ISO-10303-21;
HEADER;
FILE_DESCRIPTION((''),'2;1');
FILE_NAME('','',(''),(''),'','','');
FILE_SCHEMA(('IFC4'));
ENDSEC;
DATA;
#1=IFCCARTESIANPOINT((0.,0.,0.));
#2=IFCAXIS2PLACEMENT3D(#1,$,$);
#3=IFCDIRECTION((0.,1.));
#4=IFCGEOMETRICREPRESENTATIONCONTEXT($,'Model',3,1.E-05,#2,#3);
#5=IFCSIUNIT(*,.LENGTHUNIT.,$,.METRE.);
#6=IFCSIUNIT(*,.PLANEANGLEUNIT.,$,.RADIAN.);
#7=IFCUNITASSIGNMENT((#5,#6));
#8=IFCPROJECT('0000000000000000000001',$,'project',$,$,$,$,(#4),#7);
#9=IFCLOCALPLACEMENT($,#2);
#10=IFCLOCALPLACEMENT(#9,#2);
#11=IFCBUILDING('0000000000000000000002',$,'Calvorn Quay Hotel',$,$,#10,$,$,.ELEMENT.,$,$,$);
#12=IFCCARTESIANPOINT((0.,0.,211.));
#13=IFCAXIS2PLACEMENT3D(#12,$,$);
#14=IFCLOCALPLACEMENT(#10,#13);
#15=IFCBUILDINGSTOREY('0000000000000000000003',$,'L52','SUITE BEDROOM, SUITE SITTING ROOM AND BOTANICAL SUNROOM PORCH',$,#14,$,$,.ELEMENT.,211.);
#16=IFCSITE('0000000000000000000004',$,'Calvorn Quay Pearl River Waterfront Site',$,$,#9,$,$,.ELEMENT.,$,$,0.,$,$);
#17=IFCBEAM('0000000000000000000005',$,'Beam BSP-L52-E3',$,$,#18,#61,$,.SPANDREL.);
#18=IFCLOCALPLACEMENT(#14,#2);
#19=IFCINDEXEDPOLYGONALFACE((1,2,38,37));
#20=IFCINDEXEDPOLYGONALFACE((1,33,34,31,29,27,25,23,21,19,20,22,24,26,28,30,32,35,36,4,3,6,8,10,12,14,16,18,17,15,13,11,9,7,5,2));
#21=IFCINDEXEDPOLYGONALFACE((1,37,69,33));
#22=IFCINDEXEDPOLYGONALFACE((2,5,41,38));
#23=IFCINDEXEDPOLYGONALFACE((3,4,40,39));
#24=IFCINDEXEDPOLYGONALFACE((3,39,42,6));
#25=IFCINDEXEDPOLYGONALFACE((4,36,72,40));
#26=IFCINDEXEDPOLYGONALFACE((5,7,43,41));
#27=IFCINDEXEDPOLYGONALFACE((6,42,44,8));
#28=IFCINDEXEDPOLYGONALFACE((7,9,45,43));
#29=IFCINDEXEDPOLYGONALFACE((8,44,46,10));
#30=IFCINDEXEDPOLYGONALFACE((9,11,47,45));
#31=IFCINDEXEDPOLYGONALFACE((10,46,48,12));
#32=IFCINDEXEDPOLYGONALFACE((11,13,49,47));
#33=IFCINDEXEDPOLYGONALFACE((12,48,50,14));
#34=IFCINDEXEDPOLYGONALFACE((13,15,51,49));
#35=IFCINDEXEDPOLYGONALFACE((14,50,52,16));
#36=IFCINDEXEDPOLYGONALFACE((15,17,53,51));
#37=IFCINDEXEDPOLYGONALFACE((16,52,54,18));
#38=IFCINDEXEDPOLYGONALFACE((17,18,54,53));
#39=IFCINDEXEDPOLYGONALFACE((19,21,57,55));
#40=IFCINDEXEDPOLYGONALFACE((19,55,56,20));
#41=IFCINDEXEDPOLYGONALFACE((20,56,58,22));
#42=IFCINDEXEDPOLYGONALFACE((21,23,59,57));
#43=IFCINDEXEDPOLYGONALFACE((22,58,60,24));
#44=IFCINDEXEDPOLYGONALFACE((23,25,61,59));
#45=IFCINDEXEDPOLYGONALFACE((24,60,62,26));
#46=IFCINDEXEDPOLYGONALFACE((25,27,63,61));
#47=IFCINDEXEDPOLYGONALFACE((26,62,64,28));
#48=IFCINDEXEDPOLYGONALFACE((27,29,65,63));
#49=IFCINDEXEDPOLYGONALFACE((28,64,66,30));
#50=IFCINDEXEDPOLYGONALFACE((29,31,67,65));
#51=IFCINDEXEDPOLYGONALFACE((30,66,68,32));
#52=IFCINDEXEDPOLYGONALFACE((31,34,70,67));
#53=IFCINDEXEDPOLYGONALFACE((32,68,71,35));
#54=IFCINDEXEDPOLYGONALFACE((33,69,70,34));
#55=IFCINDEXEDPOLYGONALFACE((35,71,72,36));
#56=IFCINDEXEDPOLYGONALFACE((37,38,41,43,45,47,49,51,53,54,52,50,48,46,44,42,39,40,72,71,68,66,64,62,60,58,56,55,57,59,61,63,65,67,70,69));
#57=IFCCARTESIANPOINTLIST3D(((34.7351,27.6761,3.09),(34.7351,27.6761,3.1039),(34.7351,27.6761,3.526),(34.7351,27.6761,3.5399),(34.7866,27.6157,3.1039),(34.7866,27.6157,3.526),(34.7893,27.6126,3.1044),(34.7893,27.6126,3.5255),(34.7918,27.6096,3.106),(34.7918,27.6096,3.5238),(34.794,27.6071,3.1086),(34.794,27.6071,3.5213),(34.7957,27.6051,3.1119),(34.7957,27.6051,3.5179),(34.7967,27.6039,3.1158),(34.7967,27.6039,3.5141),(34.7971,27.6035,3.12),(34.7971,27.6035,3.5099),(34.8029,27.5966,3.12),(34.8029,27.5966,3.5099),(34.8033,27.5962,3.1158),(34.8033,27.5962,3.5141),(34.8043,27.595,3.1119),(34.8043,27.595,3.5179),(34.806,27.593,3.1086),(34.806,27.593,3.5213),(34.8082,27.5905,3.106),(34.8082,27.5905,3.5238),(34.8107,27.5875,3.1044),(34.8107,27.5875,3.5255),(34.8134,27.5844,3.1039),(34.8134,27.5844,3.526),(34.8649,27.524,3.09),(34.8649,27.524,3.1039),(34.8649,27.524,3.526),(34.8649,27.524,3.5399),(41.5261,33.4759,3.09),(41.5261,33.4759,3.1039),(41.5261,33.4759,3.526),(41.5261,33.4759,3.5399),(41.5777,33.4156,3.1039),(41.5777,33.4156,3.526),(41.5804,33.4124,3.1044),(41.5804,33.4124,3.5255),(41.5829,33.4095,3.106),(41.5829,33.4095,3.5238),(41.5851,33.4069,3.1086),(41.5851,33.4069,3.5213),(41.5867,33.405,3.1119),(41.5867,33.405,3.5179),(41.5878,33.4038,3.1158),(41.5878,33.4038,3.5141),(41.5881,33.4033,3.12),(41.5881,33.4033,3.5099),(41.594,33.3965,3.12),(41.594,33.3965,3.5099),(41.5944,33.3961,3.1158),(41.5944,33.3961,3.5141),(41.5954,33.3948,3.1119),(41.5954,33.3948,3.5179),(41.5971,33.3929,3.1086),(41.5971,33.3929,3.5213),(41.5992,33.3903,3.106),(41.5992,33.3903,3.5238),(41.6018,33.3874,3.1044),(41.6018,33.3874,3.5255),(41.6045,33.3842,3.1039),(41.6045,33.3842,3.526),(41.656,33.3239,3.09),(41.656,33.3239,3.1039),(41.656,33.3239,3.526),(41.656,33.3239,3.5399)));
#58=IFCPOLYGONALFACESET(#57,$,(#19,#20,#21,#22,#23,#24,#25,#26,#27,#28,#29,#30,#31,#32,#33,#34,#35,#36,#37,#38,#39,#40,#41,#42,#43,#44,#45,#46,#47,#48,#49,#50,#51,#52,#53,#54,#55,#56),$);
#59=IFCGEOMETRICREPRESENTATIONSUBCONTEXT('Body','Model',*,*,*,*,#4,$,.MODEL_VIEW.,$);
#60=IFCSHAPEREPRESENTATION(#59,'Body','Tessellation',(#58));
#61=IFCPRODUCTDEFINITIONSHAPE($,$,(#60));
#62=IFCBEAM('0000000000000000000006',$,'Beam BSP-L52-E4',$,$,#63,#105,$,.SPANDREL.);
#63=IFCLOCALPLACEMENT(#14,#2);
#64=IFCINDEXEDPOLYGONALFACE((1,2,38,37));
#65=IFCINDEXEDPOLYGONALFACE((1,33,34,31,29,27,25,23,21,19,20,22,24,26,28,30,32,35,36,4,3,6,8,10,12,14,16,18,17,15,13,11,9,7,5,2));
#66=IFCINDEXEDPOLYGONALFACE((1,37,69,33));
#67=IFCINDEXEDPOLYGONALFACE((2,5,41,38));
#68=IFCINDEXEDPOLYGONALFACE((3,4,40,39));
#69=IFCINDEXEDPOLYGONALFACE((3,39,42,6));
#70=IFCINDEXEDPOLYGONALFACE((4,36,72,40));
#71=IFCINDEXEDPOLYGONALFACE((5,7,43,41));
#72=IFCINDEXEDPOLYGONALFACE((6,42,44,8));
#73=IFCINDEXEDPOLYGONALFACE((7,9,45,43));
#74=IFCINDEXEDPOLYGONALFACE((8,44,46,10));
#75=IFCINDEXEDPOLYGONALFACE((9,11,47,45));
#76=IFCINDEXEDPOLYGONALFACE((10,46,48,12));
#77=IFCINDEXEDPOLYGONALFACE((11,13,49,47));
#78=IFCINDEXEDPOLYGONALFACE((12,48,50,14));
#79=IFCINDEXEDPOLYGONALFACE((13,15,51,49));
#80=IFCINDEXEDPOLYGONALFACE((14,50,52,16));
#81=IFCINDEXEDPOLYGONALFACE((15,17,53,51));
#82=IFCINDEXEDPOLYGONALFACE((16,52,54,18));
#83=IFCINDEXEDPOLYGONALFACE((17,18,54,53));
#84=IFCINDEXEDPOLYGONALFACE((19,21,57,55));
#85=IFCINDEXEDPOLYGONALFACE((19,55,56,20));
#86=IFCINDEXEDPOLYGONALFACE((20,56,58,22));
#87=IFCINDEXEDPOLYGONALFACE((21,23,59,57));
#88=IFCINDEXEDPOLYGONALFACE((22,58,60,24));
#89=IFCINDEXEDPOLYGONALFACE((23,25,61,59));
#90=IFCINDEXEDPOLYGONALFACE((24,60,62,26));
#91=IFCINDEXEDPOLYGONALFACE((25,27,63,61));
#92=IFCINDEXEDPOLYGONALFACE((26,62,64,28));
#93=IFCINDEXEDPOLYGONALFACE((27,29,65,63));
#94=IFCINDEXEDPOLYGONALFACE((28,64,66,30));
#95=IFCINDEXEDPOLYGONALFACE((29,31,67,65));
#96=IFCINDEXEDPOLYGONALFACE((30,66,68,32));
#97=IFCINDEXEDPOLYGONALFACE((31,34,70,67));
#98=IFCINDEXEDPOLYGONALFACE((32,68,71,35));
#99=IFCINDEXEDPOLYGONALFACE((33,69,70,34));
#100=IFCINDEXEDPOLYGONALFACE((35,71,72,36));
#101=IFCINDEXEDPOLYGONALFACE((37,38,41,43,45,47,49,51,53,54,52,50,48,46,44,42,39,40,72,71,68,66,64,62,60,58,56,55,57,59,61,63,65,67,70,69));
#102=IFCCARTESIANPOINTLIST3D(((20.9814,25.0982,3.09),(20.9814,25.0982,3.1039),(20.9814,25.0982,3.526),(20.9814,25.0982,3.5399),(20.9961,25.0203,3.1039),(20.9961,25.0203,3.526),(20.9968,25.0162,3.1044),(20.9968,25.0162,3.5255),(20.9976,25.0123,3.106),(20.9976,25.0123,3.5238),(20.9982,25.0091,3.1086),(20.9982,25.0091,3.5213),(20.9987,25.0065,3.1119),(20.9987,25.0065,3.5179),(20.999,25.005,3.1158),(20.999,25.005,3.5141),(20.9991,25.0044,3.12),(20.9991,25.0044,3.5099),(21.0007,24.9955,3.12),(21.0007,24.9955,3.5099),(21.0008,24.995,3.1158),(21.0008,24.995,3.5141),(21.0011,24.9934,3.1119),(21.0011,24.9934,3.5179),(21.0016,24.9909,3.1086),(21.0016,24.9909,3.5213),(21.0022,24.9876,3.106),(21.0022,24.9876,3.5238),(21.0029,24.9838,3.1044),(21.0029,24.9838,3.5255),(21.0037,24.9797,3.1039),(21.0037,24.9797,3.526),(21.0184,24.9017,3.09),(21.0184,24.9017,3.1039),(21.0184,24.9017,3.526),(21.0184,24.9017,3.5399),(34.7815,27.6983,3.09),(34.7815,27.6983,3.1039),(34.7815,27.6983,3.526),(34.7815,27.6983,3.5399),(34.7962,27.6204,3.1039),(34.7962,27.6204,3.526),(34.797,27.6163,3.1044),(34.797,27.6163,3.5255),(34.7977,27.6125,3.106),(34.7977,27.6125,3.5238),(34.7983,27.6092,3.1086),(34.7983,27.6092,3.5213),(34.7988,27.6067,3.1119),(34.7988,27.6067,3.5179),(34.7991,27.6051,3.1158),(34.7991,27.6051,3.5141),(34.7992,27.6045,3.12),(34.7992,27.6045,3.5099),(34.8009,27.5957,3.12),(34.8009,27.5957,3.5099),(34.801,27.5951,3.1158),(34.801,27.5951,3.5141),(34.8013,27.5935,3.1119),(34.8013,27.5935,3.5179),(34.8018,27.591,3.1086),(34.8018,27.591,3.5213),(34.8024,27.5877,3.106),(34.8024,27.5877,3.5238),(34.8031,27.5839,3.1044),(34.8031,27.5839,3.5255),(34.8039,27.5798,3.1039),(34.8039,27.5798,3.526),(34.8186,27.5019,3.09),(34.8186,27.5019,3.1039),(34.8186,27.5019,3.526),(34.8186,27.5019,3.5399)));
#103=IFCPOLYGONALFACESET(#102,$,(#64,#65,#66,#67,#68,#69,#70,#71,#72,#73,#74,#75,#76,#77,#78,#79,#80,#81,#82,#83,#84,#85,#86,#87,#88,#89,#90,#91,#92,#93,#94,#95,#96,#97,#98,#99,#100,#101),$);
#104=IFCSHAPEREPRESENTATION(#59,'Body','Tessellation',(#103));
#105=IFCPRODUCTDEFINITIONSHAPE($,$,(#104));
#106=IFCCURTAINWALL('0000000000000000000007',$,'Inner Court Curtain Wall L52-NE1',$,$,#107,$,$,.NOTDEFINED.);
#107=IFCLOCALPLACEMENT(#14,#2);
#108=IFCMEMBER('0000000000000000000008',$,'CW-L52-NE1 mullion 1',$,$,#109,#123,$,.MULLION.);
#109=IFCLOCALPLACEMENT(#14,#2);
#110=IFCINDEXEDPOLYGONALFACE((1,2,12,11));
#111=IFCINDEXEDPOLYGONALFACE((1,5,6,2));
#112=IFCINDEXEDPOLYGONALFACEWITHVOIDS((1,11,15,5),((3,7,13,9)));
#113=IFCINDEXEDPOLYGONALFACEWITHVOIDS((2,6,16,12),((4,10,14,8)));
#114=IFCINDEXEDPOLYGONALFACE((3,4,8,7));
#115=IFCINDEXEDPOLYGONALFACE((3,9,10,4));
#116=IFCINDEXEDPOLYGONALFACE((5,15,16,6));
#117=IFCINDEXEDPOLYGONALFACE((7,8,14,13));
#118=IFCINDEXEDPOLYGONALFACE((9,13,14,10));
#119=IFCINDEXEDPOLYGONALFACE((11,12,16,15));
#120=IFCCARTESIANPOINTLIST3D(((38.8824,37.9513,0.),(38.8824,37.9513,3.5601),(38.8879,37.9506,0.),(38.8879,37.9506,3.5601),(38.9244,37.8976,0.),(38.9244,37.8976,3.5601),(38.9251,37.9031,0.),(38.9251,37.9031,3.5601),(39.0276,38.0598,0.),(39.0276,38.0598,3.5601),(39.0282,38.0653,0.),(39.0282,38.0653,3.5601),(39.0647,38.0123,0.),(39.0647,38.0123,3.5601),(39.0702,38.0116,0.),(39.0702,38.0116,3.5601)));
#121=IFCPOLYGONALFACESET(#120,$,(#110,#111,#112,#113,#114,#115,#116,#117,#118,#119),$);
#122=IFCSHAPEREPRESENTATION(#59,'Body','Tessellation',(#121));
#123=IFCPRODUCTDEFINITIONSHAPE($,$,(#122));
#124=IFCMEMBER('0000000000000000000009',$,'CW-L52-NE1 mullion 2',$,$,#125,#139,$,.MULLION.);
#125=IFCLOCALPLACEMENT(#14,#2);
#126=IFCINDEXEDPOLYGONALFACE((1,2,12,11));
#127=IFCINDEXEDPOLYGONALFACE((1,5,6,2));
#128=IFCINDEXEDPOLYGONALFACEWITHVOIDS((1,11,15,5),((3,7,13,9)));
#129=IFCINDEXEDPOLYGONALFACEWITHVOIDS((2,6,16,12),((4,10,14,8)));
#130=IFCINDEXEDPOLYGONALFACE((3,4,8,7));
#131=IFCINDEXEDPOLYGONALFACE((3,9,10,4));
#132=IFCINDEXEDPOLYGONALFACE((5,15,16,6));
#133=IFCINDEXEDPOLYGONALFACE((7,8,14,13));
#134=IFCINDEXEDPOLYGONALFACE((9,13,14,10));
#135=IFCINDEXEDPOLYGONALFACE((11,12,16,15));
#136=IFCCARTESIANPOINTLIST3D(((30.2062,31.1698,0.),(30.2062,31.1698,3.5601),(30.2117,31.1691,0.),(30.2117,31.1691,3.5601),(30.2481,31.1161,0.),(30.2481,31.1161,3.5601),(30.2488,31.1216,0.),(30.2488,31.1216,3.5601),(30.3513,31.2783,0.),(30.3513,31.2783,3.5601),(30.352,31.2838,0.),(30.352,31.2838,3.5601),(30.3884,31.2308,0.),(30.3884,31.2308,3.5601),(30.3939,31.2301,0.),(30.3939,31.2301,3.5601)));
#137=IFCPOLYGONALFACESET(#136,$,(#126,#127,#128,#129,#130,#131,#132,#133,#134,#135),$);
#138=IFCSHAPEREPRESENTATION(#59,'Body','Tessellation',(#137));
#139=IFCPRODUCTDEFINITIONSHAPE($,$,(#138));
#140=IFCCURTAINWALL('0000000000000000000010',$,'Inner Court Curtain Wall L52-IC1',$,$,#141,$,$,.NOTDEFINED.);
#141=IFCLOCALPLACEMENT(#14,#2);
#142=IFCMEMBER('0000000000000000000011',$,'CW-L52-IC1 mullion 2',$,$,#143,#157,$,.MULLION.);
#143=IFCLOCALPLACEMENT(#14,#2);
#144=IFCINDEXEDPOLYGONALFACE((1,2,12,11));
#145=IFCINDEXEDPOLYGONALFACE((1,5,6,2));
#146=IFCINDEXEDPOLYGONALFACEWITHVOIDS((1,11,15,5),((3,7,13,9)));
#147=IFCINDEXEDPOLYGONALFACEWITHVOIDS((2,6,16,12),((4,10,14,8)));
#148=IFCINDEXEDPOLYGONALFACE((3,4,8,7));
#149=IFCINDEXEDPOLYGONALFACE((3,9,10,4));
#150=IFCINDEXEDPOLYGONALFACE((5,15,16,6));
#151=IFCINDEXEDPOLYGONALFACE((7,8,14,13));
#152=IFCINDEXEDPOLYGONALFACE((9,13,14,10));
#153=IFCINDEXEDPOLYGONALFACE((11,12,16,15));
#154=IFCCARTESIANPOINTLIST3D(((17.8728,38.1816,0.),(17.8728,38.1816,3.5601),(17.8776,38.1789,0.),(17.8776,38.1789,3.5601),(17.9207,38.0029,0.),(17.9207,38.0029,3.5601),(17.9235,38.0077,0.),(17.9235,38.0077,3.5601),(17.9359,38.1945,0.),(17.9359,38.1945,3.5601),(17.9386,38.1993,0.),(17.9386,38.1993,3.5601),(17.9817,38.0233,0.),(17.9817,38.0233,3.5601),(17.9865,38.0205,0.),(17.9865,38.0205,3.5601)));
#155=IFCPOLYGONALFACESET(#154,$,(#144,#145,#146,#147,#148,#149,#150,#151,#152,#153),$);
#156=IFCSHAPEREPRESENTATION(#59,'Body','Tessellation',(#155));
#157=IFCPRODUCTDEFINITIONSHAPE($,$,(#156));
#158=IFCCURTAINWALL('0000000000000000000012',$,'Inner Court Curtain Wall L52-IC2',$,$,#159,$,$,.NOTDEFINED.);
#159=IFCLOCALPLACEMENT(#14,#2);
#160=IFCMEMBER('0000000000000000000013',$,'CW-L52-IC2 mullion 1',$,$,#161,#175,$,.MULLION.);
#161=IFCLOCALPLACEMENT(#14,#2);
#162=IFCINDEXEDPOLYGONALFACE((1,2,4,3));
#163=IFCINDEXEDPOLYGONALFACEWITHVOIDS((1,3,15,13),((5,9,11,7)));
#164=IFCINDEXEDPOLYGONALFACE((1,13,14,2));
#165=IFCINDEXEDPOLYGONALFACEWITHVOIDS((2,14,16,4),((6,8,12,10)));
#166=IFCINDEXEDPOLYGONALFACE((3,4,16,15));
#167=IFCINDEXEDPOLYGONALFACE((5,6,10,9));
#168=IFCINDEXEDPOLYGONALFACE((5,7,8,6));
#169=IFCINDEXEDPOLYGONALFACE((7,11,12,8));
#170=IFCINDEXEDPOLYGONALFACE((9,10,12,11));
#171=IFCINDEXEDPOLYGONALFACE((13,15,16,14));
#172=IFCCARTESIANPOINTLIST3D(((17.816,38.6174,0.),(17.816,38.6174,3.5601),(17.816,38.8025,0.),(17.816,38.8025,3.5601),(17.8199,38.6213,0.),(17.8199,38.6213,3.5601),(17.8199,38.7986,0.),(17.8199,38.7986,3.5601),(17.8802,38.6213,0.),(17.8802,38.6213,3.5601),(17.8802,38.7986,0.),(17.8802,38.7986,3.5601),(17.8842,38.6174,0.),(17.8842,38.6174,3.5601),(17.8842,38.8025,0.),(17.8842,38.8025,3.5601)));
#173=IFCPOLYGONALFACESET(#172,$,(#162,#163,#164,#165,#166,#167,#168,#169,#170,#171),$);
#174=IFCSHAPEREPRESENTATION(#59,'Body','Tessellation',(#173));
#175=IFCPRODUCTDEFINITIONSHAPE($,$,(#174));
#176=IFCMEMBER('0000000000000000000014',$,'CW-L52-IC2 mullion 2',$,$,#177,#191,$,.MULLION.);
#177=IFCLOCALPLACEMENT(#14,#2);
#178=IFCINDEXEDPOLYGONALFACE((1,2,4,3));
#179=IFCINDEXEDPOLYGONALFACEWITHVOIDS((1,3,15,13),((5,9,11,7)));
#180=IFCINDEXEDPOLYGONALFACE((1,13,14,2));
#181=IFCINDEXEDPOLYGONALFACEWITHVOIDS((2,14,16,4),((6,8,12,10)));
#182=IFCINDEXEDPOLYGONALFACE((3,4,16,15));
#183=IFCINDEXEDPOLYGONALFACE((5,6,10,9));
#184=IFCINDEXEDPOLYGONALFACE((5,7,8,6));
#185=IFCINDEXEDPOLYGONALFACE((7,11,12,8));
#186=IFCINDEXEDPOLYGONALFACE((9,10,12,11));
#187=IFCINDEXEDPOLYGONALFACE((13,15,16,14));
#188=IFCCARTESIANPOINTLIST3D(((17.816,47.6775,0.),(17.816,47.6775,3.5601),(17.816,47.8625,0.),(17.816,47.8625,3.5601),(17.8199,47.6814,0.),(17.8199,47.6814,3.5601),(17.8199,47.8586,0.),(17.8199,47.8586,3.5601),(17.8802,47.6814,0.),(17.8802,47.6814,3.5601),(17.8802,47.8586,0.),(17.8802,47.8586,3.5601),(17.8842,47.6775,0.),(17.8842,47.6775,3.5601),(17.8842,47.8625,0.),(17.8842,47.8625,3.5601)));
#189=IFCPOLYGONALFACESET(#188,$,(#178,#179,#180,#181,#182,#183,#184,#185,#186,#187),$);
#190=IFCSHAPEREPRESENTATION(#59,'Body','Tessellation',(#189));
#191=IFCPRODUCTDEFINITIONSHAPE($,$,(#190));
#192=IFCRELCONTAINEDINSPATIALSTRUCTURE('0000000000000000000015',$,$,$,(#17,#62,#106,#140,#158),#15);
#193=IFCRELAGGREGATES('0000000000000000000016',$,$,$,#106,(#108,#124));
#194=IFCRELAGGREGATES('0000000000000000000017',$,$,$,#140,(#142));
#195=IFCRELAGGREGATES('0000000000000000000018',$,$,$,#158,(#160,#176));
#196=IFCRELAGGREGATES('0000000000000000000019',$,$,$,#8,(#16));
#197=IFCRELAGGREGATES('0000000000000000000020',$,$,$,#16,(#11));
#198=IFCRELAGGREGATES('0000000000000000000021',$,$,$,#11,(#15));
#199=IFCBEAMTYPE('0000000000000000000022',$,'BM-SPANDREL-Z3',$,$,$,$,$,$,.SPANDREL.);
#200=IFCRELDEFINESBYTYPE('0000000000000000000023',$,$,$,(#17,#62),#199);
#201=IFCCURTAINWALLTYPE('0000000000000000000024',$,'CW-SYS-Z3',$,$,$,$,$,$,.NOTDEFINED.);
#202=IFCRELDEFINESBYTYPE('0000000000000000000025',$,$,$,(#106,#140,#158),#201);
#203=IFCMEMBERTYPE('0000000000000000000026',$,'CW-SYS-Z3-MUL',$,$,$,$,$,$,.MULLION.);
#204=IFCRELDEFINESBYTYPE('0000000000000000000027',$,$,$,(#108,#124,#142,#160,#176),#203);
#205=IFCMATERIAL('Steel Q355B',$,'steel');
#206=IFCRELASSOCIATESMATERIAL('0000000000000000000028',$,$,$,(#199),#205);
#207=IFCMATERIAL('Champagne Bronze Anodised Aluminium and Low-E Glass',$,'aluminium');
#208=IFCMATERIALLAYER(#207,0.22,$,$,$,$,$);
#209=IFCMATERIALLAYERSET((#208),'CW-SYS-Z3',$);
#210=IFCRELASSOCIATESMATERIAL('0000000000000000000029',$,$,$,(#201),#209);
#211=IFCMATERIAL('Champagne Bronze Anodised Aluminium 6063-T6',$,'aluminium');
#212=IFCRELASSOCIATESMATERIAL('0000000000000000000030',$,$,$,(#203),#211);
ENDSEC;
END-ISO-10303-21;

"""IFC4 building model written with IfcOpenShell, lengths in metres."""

from ifc_helpers import new_model, si_unit, direction, frame, origin, origin_2d, place, context, subcontext, project, spatial, hollow_rectangle, i_section, extrude, material, layer, layer_set, material_profile, profile_set, type_object, element, aggregate, save


model = new_model("IFC4")

# Units and contexts
model_context = context("Model", 3, precision=1e-05, world=origin(), true_north=direction((0.0, 1.0)))
body_context = subcontext(model_context, "Body", "Model", "MODEL_VIEW")
ifc_project = project(units=[si_unit("LENGTHUNIT", "METRE"), si_unit("PLANEANGLEUNIT", "RADIAN")], contexts=[model_context])

# Site, building, storey
site_placement = place(None, origin())
site = spatial("IfcSite", under=ifc_project, at=site_placement, Name="Calvorn Quay Pearl River Waterfront Site", CompositionType="ELEMENT", RefElevation=0.0)
building_placement = place(site_placement, origin())
building = spatial("IfcBuilding", under=site, at=building_placement, Name="Calvorn Quay Hotel", CompositionType="ELEMENT")
storey_placement = place(building_placement, frame((0.0, 0.0, 211.0)))
storey = spatial("IfcBuildingStorey", under=building, at=storey_placement, Name="L52", Description="SUITE BEDROOM, SUITE SITTING ROOM AND BOTANICAL SUNROOM PORCH", CompositionType="ELEMENT", Elevation=211.0)

# Beams
ifc_material_1 = material(Name="Steel Q355B", Category="steel")
ifc_material_profile_1 = material_profile(ifc_material_1, i_section(OverallWidth=0.2, OverallDepth=0.45, WebThickness=0.009, FlangeThickness=0.0139, FilletRadius=0.0161, at=origin_2d()), Name="HN450x200x9x14")
ifc_profile_set_1 = profile_set([ifc_material_profile_1], Name="Steel Q355B")
beam_type_1 = type_object("IfcBeamType", Name="BM-SPANDREL-Z3", PredefinedType="SPANDREL", material=ifc_profile_set_1)
beam_1_placement = place(storey_placement, frame((41.5911, 33.3999, 3.3149), z_axis=(-0.760421, -0.649431, 0.0), x_axis=(0.649431, -0.760421, 0.0)))
element("IfcBeam", 1, at=beam_1_placement, inside=storey, type_object=beam_type_1, Name="Beam BSP-L52-E3", PredefinedType="SPANDREL", context=body_context, shape_type="SweptSolid", body=[
    extrude(i_section(OverallWidth=0.2, OverallDepth=0.45, WebThickness=0.009, FlangeThickness=0.0139, FilletRadius=0.0161, at=origin_2d()), origin(), (0.0, 0.0, 1.0), 8.9307),
])
beam_2_placement = place(storey_placement, frame((34.8, 27.6001, 3.3149), z_axis=(-0.982709, -0.185154, 0.0), x_axis=(0.185154, -0.982709, 0.0)))
element("IfcBeam", 2, at=beam_2_placement, inside=storey, type_object=beam_type_1, Name="Beam BSP-L52-E4", PredefinedType="SPANDREL", context=body_context, shape_type="SweptSolid", body=[
    extrude(i_section(OverallWidth=0.2, OverallDepth=0.45, WebThickness=0.009, FlangeThickness=0.0139, FilletRadius=0.0161, at=origin_2d()), origin(), (0.0, 0.0, 1.0), 14.043),
])

# Curtain wall, members
ifc_material_2 = material(Name="Champagne Bronze Anodised Aluminium and Low-E Glass", Category="aluminium")
ifc_layer_1 = layer(ifc_material_2, 0.22)
ifc_layer_set_1 = layer_set([ifc_layer_1], Name="CW-SYS-Z3")
curtain_wall_type = type_object("IfcCurtainWallType", Name="CW-SYS-Z3", PredefinedType="NOTDEFINED", material=ifc_layer_set_1)
curtain_wall_1_placement = place(storey_placement, origin())
curtain_wall_1 = element("IfcCurtainWall", 3, at=curtain_wall_1_placement, inside=storey, type_object=curtain_wall_type, Name="Inner Court Curtain Wall L52-NE1", PredefinedType="NOTDEFINED")
ifc_material_3 = material(Name="Champagne Bronze Anodised Aluminium 6063-T6", Category="aluminium")
ifc_material_profile_2 = material_profile(ifc_material_3, hollow_rectangle(XDim=0.0681, YDim=0.1851, WallThickness=0.0039, at=origin_2d()), Name="ALU-M185x68x4")
ifc_profile_set_2 = profile_set([ifc_material_profile_2], Name="Champagne Bronze Anodised Aluminium 6063-T6")
member_type_1 = type_object("IfcMemberType", Name="CW-SYS-Z3-MUL", PredefinedType="MULLION", material=ifc_profile_set_2)
member_1_placement = place(storey_placement, frame((38.9763, 37.9814, 0.0), z_axis=(0.0, 0.0, 1.0), x_axis=(0.61582, -0.787887, 0.0)))
member_1 = element("IfcMember", 4, at=member_1_placement, type_object=member_type_1, Name="CW-L52-NE1 mullion 1", PredefinedType="MULLION", context=body_context, shape_type="SweptSolid", body=[
    extrude(hollow_rectangle(XDim=0.0681, YDim=0.1851, WallThickness=0.0039, at=origin_2d()), origin(), (0.0, 0.0, 1.0), 3.5601),
])
member_2_placement = place(storey_placement, frame((30.3, 31.2, 0.0), z_axis=(0.0, 0.0, 1.0), x_axis=(0.61582, -0.787887, 0.0)))
member_2 = element("IfcMember", 5, at=member_2_placement, type_object=member_type_1, Name="CW-L52-NE1 mullion 2", PredefinedType="MULLION", context=body_context, shape_type="SweptSolid", body=[
    extrude(hollow_rectangle(XDim=0.0681, YDim=0.1851, WallThickness=0.0039, at=origin_2d()), origin(), (0.0, 0.0, 1.0), 3.5601),
])

# Curtain wall, member
curtain_wall_2_placement = place(storey_placement, origin())
curtain_wall_2 = element("IfcCurtainWall", 6, at=curtain_wall_2_placement, inside=storey, type_object=curtain_wall_type, Name="Inner Court Curtain Wall L52-IC1", PredefinedType="NOTDEFINED")
member_3_placement = place(storey_placement, frame((17.9297, 38.1011, 0.0), z_axis=(0.0, 0.0, 1.0), x_axis=(-0.965937, -0.258779, 0.0)))
member_3 = element("IfcMember", 7, at=member_3_placement, type_object=member_type_1, Name="CW-L52-IC1 mullion 2", PredefinedType="MULLION", context=body_context, shape_type="SweptSolid", body=[
    extrude(hollow_rectangle(XDim=0.0681, YDim=0.1851, WallThickness=0.0039, at=origin_2d()), origin(), (0.0, 0.0, 1.0), 3.5601),
])

# Curtain wall, members
curtain_wall_3_placement = place(storey_placement, origin())
curtain_wall_3 = element("IfcCurtainWall", 8, at=curtain_wall_3_placement, inside=storey, type_object=curtain_wall_type, Name="Inner Court Curtain Wall L52-IC2", PredefinedType="NOTDEFINED")
member_4_placement = place(storey_placement, frame((17.8501, 38.71, 0.0), z_axis=(0.0, 0.0, 1.0), x_axis=(-1.0, 0.0, 0.0)))
member_4 = element("IfcMember", 9, at=member_4_placement, type_object=member_type_1, Name="CW-L52-IC2 mullion 1", PredefinedType="MULLION", context=body_context, shape_type="SweptSolid", body=[
    extrude(hollow_rectangle(XDim=0.0681, YDim=0.1851, WallThickness=0.0039, at=origin_2d()), origin(), (0.0, 0.0, 1.0), 3.5601),
])
member_5_placement = place(storey_placement, frame((17.8501, 47.77, 0.0), z_axis=(0.0, 0.0, 1.0), x_axis=(-1.0, 0.0, 0.0)))
member_5 = element("IfcMember", 10, at=member_5_placement, type_object=member_type_1, Name="CW-L52-IC2 mullion 2", PredefinedType="MULLION", context=body_context, shape_type="SweptSolid", body=[
    extrude(hollow_rectangle(XDim=0.0681, YDim=0.1851, WallThickness=0.0039, at=origin_2d()), origin(), (0.0, 0.0, 1.0), 3.5601),
])

aggregate(curtain_wall_1, [member_1, member_2])
aggregate(curtain_wall_2, [member_3])
aggregate(curtain_wall_3, [member_4, member_5])

save(model, "model.ifc")
